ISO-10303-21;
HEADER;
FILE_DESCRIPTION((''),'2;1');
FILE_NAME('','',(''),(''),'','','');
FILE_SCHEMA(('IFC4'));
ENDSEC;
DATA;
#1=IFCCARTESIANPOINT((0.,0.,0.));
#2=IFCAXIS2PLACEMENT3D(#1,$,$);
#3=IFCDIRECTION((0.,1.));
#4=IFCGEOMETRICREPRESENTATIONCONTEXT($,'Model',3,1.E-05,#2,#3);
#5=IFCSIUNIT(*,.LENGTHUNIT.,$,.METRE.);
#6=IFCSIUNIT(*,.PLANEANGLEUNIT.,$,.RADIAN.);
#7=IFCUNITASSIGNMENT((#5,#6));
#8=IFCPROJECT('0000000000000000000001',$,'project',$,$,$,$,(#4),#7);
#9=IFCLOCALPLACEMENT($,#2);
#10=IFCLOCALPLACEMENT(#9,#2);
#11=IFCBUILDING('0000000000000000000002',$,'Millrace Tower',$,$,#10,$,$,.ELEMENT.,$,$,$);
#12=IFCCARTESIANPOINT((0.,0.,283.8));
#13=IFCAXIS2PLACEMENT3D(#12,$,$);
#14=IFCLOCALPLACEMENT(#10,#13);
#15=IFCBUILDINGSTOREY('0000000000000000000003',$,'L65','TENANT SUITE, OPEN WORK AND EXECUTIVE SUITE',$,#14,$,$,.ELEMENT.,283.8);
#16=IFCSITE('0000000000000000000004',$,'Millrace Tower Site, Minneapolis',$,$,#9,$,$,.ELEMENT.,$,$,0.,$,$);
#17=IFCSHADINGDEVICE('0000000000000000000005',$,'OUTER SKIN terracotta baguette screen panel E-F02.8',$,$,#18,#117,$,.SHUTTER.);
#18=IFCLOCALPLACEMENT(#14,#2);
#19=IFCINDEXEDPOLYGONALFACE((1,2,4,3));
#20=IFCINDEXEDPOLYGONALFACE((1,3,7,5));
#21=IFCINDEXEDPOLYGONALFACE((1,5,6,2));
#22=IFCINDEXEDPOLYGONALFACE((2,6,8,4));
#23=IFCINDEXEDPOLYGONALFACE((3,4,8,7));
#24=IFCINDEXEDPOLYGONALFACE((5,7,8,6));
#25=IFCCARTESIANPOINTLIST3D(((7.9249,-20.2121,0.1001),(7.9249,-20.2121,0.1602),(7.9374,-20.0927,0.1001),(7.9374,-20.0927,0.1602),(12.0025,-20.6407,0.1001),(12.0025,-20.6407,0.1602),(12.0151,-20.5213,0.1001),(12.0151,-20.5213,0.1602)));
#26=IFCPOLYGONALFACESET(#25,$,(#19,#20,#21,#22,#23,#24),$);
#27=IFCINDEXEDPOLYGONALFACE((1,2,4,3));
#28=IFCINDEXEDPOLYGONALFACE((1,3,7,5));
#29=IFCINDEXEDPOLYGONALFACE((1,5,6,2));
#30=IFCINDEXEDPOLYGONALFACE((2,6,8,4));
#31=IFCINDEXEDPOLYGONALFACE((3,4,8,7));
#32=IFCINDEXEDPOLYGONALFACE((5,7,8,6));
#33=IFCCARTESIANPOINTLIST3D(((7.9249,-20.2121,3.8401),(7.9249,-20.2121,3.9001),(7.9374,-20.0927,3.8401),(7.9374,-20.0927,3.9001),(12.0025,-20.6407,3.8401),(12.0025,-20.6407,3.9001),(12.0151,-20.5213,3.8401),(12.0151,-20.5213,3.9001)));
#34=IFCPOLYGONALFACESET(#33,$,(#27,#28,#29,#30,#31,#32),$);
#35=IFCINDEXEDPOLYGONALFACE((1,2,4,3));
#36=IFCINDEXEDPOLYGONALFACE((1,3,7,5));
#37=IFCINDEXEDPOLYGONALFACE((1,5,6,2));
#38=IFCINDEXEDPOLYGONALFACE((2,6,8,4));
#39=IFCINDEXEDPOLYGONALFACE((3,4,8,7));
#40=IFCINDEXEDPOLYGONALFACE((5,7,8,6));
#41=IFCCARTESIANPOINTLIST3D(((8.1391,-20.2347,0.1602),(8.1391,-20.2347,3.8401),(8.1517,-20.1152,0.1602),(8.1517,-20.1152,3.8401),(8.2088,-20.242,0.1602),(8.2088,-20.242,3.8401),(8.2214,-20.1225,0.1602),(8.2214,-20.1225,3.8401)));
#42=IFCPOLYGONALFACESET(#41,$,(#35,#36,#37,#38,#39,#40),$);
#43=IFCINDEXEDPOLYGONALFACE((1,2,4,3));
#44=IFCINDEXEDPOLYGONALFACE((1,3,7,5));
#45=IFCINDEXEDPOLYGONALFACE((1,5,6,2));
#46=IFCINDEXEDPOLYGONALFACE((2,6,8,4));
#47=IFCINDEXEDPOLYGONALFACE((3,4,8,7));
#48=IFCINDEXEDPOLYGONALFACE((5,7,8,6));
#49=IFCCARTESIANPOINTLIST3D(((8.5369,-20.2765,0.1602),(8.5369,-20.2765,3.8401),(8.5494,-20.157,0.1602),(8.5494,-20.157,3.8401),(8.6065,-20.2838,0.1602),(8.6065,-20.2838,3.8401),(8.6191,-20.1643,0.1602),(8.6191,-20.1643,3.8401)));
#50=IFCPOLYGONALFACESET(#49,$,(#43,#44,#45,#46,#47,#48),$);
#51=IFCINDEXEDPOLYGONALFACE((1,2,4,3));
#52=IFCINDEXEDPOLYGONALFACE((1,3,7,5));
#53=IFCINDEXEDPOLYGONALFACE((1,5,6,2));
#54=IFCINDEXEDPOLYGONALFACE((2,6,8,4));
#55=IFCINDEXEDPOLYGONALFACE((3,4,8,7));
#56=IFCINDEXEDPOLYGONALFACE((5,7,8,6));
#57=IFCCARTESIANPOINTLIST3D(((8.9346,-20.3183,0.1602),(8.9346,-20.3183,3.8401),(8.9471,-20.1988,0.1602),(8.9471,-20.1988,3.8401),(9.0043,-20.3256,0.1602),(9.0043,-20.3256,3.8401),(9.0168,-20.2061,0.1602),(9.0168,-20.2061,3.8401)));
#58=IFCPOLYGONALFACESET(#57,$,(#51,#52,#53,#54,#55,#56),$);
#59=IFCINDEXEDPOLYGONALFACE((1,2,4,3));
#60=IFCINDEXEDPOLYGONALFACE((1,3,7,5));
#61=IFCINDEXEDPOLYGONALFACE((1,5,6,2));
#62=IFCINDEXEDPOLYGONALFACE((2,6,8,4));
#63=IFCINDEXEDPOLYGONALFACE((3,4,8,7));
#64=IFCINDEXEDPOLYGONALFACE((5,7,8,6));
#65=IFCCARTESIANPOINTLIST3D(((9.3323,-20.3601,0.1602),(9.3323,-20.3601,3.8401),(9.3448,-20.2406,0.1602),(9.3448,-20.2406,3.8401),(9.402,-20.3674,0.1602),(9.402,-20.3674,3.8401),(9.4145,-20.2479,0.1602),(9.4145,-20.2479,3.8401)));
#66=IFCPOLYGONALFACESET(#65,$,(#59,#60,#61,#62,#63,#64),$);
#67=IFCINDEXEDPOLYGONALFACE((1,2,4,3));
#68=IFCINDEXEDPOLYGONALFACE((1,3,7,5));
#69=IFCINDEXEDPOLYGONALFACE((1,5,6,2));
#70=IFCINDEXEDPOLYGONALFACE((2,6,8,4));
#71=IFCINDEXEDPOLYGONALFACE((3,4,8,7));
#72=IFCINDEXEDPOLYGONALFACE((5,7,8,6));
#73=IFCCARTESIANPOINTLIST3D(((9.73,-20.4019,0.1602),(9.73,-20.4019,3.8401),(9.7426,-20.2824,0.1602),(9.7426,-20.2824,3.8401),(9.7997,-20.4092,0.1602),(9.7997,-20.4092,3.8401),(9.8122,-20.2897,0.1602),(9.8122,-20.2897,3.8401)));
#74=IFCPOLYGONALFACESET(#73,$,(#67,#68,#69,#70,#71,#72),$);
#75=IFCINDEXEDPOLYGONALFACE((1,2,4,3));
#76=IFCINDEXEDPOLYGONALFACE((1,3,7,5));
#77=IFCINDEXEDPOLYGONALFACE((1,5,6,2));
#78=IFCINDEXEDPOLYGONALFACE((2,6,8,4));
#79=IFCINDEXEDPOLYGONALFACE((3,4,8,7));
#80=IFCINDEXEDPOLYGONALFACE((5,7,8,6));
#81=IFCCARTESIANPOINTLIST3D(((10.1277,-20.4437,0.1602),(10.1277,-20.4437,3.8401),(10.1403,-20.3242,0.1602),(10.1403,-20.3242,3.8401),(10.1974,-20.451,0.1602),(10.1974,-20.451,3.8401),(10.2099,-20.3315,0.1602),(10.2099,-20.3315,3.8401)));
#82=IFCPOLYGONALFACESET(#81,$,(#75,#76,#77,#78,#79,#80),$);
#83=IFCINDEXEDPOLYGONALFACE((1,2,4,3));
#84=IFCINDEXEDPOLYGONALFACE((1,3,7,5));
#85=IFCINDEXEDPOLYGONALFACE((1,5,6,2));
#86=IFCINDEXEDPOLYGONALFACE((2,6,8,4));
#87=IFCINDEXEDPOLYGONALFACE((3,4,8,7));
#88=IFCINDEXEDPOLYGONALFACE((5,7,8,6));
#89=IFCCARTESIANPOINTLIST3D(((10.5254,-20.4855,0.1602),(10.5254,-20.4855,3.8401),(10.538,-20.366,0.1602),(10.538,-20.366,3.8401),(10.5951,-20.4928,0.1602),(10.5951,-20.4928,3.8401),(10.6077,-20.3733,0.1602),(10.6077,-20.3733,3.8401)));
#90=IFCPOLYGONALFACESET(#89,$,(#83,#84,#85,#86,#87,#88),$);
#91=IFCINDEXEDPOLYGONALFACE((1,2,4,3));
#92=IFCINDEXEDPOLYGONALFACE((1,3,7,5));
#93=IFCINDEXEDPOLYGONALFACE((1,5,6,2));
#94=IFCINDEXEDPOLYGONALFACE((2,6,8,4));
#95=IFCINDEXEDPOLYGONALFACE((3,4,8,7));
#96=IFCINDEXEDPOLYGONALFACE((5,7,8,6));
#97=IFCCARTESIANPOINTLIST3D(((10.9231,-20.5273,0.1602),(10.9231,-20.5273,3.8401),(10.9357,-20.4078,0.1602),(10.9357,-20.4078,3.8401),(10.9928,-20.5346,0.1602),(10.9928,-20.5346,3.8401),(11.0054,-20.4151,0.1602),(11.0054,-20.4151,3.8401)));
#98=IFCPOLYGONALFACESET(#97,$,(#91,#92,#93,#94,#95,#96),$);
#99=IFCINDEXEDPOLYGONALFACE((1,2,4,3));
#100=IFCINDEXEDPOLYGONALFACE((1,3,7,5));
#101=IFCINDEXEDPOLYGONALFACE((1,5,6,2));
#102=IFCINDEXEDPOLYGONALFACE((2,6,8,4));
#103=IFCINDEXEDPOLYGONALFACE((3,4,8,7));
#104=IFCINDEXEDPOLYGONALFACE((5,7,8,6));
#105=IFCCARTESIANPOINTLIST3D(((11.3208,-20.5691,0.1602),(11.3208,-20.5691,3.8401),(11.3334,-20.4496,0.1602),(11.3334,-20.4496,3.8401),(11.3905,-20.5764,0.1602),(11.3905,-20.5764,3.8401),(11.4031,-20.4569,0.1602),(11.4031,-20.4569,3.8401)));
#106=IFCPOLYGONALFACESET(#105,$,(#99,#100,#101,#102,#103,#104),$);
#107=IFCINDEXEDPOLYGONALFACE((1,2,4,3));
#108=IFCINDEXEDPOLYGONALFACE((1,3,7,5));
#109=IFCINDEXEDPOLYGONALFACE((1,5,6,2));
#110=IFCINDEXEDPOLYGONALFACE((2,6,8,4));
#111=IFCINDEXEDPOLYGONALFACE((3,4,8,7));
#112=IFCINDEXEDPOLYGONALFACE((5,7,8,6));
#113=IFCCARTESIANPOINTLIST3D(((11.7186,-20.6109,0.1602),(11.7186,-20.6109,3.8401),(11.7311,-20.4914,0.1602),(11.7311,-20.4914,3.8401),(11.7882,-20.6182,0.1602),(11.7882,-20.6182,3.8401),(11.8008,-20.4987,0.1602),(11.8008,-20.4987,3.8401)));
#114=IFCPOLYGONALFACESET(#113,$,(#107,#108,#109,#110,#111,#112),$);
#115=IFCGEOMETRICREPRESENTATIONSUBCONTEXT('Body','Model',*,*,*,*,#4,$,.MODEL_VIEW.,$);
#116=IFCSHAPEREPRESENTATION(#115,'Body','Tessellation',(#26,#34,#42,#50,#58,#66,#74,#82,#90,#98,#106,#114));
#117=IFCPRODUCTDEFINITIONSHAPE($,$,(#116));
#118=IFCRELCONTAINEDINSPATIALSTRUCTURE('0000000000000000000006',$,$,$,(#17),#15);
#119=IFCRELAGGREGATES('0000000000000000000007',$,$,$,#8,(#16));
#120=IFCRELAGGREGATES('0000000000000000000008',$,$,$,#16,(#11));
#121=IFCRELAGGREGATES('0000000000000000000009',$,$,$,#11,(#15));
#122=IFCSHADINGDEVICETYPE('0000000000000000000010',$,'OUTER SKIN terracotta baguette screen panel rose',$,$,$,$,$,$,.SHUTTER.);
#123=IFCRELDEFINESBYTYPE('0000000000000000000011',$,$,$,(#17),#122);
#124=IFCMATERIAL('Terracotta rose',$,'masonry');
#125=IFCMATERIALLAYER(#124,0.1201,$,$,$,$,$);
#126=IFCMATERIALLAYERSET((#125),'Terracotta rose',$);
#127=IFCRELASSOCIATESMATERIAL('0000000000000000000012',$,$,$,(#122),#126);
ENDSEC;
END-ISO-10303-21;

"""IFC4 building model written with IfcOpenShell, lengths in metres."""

from ifc_helpers import new_model, entity, si_unit, direction, frame, frame_2d, origin, place, context, subcontext, project, spatial, rectangle, extrude, source, transform, mapped, material, layer, layer_set, type_object, element, save


model = new_model("IFC4")

# Units and contexts
model_context = context("Model", 3, precision=1e-05, world=origin(), true_north=direction((0.0, 1.0)))
body_context = subcontext(model_context, "Body", "Model", "MODEL_VIEW")
ifc_project = project(units=[si_unit("LENGTHUNIT", "METRE"), si_unit("PLANEANGLEUNIT", "RADIAN")], contexts=[model_context])

# Site, building, storey
site_placement = place(None, origin())
site = spatial("IfcSite", under=ifc_project, at=site_placement, Name="Millrace Tower Site, Minneapolis", CompositionType="ELEMENT", RefElevation=0.0)
building_placement = place(site_placement, origin())
building = spatial("IfcBuilding", under=site, at=building_placement, Name="Millrace Tower", CompositionType="ELEMENT")
storey_placement = place(building_placement, frame((0.0, 0.0, 283.8)))
storey = spatial("IfcBuildingStorey", under=building, at=storey_placement, Name="L65", Description="TENANT SUITE, OPEN WORK AND EXECUTIVE SUITE", CompositionType="ELEMENT", Elevation=283.8)

# Shading device
ifc_material_1 = material(Name="Terracotta rose", Category="masonry")
ifc_layer_1 = layer(ifc_material_1, 0.1201)
ifc_layer_set_1 = layer_set([ifc_layer_1], Name="Terracotta rose")
shading_device_type = type_object("IfcShadingDeviceType", Name="OUTER SKIN terracotta baguette screen panel rose", PredefinedType="SHUTTER", material=ifc_layer_set_1)
cartesian_point = entity("IfcCartesianPoint", [-2.05, 0.0601])
shared_polyline = entity("IfcPolyline", [cartesian_point, entity("IfcCartesianPoint", [2.05, 0.0601]), entity("IfcCartesianPoint", [2.05, -0.0601]), entity("IfcCartesianPoint", [-2.05, -0.0601]), cartesian_point])
shared_shape = source(origin(), body_context, "Body", "SweptSolid", [
    entity("IfcExtrudedAreaSolid", entity("IfcArbitraryClosedProfileDef", "AREA", None, shared_polyline), entity("IfcAxis2Placement3D", entity("IfcCartesianPoint", [0.0, 0.0, 0.0])), entity("IfcDirection", [0.0, 0.0, 1.0]), 0.0601),
    entity("IfcExtrudedAreaSolid", entity("IfcArbitraryClosedProfileDef", "AREA", None, shared_polyline), entity("IfcAxis2Placement3D", entity("IfcCartesianPoint", [0.0, 0.0, 3.74])), entity("IfcDirection", [0.0, 0.0, 1.0]), 0.0601),
    extrude(rectangle(XDim=0.0701, YDim=0.1201, at=frame_2d((-1.7996, 0.0))), frame((0.0, 0.0, 0.0601)), (0.0, 0.0, 1.0), 3.6799),
    extrude(rectangle(XDim=0.0701, YDim=0.1201, at=frame_2d((-1.3997, 0.0))), frame((0.0, 0.0, 0.0601)), (0.0, 0.0, 1.0), 3.6799),
    extrude(rectangle(XDim=0.0701, YDim=0.1201, at=frame_2d((-0.9998, 0.0))), frame((0.0, 0.0, 0.0601)), (0.0, 0.0, 1.0), 3.6799),
    extrude(rectangle(XDim=0.0701, YDim=0.1201, at=frame_2d((-0.5999, 0.0))), frame((0.0, 0.0, 0.0601)), (0.0, 0.0, 1.0), 3.6799),
    extrude(rectangle(XDim=0.0701, YDim=0.1201, at=frame_2d((-0.2, 0.0))), frame((0.0, 0.0, 0.0601)), (0.0, 0.0, 1.0), 3.6799),
    extrude(rectangle(XDim=0.0701, YDim=0.1201, at=frame_2d((0.2, 0.0))), frame((0.0, 0.0, 0.0601)), (0.0, 0.0, 1.0), 3.6799),
    extrude(rectangle(XDim=0.0701, YDim=0.1201, at=frame_2d((0.5999, 0.0))), frame((0.0, 0.0, 0.0601)), (0.0, 0.0, 1.0), 3.6799),
    extrude(rectangle(XDim=0.0701, YDim=0.1201, at=frame_2d((0.9998, 0.0))), frame((0.0, 0.0, 0.0601)), (0.0, 0.0, 1.0), 3.6799),
    extrude(rectangle(XDim=0.0701, YDim=0.1201, at=frame_2d((1.3997, 0.0))), frame((0.0, 0.0, 0.0601)), (0.0, 0.0, 1.0), 3.6799),
    extrude(rectangle(XDim=0.0701, YDim=0.1201, at=frame_2d((1.7996, 0.0))), frame((0.0, 0.0, 0.0601)), (0.0, 0.0, 1.0), 3.6799),
])
for number, where, z_axis, x_axis, name in (
    (1, (9.97, -20.3667, 0.1001), (0.0, 0.0, 1.0), (0.994522, -0.104528, 0.0), "OUTER SKIN terracotta baguette screen panel E-F02.8"),
):
    element("IfcShadingDevice", number, at=place(storey_placement, frame(where, z_axis=z_axis, x_axis=x_axis)), inside=storey, type_object=shading_device_type, Name=name, PredefinedType="SHUTTER", context=body_context, shape_type="MappedRepresentation", body=[
        mapped(shared_shape, transform((0.0, 0.0, 0.0), scale=1.0)),
    ])

save(model, "model.ifc")
